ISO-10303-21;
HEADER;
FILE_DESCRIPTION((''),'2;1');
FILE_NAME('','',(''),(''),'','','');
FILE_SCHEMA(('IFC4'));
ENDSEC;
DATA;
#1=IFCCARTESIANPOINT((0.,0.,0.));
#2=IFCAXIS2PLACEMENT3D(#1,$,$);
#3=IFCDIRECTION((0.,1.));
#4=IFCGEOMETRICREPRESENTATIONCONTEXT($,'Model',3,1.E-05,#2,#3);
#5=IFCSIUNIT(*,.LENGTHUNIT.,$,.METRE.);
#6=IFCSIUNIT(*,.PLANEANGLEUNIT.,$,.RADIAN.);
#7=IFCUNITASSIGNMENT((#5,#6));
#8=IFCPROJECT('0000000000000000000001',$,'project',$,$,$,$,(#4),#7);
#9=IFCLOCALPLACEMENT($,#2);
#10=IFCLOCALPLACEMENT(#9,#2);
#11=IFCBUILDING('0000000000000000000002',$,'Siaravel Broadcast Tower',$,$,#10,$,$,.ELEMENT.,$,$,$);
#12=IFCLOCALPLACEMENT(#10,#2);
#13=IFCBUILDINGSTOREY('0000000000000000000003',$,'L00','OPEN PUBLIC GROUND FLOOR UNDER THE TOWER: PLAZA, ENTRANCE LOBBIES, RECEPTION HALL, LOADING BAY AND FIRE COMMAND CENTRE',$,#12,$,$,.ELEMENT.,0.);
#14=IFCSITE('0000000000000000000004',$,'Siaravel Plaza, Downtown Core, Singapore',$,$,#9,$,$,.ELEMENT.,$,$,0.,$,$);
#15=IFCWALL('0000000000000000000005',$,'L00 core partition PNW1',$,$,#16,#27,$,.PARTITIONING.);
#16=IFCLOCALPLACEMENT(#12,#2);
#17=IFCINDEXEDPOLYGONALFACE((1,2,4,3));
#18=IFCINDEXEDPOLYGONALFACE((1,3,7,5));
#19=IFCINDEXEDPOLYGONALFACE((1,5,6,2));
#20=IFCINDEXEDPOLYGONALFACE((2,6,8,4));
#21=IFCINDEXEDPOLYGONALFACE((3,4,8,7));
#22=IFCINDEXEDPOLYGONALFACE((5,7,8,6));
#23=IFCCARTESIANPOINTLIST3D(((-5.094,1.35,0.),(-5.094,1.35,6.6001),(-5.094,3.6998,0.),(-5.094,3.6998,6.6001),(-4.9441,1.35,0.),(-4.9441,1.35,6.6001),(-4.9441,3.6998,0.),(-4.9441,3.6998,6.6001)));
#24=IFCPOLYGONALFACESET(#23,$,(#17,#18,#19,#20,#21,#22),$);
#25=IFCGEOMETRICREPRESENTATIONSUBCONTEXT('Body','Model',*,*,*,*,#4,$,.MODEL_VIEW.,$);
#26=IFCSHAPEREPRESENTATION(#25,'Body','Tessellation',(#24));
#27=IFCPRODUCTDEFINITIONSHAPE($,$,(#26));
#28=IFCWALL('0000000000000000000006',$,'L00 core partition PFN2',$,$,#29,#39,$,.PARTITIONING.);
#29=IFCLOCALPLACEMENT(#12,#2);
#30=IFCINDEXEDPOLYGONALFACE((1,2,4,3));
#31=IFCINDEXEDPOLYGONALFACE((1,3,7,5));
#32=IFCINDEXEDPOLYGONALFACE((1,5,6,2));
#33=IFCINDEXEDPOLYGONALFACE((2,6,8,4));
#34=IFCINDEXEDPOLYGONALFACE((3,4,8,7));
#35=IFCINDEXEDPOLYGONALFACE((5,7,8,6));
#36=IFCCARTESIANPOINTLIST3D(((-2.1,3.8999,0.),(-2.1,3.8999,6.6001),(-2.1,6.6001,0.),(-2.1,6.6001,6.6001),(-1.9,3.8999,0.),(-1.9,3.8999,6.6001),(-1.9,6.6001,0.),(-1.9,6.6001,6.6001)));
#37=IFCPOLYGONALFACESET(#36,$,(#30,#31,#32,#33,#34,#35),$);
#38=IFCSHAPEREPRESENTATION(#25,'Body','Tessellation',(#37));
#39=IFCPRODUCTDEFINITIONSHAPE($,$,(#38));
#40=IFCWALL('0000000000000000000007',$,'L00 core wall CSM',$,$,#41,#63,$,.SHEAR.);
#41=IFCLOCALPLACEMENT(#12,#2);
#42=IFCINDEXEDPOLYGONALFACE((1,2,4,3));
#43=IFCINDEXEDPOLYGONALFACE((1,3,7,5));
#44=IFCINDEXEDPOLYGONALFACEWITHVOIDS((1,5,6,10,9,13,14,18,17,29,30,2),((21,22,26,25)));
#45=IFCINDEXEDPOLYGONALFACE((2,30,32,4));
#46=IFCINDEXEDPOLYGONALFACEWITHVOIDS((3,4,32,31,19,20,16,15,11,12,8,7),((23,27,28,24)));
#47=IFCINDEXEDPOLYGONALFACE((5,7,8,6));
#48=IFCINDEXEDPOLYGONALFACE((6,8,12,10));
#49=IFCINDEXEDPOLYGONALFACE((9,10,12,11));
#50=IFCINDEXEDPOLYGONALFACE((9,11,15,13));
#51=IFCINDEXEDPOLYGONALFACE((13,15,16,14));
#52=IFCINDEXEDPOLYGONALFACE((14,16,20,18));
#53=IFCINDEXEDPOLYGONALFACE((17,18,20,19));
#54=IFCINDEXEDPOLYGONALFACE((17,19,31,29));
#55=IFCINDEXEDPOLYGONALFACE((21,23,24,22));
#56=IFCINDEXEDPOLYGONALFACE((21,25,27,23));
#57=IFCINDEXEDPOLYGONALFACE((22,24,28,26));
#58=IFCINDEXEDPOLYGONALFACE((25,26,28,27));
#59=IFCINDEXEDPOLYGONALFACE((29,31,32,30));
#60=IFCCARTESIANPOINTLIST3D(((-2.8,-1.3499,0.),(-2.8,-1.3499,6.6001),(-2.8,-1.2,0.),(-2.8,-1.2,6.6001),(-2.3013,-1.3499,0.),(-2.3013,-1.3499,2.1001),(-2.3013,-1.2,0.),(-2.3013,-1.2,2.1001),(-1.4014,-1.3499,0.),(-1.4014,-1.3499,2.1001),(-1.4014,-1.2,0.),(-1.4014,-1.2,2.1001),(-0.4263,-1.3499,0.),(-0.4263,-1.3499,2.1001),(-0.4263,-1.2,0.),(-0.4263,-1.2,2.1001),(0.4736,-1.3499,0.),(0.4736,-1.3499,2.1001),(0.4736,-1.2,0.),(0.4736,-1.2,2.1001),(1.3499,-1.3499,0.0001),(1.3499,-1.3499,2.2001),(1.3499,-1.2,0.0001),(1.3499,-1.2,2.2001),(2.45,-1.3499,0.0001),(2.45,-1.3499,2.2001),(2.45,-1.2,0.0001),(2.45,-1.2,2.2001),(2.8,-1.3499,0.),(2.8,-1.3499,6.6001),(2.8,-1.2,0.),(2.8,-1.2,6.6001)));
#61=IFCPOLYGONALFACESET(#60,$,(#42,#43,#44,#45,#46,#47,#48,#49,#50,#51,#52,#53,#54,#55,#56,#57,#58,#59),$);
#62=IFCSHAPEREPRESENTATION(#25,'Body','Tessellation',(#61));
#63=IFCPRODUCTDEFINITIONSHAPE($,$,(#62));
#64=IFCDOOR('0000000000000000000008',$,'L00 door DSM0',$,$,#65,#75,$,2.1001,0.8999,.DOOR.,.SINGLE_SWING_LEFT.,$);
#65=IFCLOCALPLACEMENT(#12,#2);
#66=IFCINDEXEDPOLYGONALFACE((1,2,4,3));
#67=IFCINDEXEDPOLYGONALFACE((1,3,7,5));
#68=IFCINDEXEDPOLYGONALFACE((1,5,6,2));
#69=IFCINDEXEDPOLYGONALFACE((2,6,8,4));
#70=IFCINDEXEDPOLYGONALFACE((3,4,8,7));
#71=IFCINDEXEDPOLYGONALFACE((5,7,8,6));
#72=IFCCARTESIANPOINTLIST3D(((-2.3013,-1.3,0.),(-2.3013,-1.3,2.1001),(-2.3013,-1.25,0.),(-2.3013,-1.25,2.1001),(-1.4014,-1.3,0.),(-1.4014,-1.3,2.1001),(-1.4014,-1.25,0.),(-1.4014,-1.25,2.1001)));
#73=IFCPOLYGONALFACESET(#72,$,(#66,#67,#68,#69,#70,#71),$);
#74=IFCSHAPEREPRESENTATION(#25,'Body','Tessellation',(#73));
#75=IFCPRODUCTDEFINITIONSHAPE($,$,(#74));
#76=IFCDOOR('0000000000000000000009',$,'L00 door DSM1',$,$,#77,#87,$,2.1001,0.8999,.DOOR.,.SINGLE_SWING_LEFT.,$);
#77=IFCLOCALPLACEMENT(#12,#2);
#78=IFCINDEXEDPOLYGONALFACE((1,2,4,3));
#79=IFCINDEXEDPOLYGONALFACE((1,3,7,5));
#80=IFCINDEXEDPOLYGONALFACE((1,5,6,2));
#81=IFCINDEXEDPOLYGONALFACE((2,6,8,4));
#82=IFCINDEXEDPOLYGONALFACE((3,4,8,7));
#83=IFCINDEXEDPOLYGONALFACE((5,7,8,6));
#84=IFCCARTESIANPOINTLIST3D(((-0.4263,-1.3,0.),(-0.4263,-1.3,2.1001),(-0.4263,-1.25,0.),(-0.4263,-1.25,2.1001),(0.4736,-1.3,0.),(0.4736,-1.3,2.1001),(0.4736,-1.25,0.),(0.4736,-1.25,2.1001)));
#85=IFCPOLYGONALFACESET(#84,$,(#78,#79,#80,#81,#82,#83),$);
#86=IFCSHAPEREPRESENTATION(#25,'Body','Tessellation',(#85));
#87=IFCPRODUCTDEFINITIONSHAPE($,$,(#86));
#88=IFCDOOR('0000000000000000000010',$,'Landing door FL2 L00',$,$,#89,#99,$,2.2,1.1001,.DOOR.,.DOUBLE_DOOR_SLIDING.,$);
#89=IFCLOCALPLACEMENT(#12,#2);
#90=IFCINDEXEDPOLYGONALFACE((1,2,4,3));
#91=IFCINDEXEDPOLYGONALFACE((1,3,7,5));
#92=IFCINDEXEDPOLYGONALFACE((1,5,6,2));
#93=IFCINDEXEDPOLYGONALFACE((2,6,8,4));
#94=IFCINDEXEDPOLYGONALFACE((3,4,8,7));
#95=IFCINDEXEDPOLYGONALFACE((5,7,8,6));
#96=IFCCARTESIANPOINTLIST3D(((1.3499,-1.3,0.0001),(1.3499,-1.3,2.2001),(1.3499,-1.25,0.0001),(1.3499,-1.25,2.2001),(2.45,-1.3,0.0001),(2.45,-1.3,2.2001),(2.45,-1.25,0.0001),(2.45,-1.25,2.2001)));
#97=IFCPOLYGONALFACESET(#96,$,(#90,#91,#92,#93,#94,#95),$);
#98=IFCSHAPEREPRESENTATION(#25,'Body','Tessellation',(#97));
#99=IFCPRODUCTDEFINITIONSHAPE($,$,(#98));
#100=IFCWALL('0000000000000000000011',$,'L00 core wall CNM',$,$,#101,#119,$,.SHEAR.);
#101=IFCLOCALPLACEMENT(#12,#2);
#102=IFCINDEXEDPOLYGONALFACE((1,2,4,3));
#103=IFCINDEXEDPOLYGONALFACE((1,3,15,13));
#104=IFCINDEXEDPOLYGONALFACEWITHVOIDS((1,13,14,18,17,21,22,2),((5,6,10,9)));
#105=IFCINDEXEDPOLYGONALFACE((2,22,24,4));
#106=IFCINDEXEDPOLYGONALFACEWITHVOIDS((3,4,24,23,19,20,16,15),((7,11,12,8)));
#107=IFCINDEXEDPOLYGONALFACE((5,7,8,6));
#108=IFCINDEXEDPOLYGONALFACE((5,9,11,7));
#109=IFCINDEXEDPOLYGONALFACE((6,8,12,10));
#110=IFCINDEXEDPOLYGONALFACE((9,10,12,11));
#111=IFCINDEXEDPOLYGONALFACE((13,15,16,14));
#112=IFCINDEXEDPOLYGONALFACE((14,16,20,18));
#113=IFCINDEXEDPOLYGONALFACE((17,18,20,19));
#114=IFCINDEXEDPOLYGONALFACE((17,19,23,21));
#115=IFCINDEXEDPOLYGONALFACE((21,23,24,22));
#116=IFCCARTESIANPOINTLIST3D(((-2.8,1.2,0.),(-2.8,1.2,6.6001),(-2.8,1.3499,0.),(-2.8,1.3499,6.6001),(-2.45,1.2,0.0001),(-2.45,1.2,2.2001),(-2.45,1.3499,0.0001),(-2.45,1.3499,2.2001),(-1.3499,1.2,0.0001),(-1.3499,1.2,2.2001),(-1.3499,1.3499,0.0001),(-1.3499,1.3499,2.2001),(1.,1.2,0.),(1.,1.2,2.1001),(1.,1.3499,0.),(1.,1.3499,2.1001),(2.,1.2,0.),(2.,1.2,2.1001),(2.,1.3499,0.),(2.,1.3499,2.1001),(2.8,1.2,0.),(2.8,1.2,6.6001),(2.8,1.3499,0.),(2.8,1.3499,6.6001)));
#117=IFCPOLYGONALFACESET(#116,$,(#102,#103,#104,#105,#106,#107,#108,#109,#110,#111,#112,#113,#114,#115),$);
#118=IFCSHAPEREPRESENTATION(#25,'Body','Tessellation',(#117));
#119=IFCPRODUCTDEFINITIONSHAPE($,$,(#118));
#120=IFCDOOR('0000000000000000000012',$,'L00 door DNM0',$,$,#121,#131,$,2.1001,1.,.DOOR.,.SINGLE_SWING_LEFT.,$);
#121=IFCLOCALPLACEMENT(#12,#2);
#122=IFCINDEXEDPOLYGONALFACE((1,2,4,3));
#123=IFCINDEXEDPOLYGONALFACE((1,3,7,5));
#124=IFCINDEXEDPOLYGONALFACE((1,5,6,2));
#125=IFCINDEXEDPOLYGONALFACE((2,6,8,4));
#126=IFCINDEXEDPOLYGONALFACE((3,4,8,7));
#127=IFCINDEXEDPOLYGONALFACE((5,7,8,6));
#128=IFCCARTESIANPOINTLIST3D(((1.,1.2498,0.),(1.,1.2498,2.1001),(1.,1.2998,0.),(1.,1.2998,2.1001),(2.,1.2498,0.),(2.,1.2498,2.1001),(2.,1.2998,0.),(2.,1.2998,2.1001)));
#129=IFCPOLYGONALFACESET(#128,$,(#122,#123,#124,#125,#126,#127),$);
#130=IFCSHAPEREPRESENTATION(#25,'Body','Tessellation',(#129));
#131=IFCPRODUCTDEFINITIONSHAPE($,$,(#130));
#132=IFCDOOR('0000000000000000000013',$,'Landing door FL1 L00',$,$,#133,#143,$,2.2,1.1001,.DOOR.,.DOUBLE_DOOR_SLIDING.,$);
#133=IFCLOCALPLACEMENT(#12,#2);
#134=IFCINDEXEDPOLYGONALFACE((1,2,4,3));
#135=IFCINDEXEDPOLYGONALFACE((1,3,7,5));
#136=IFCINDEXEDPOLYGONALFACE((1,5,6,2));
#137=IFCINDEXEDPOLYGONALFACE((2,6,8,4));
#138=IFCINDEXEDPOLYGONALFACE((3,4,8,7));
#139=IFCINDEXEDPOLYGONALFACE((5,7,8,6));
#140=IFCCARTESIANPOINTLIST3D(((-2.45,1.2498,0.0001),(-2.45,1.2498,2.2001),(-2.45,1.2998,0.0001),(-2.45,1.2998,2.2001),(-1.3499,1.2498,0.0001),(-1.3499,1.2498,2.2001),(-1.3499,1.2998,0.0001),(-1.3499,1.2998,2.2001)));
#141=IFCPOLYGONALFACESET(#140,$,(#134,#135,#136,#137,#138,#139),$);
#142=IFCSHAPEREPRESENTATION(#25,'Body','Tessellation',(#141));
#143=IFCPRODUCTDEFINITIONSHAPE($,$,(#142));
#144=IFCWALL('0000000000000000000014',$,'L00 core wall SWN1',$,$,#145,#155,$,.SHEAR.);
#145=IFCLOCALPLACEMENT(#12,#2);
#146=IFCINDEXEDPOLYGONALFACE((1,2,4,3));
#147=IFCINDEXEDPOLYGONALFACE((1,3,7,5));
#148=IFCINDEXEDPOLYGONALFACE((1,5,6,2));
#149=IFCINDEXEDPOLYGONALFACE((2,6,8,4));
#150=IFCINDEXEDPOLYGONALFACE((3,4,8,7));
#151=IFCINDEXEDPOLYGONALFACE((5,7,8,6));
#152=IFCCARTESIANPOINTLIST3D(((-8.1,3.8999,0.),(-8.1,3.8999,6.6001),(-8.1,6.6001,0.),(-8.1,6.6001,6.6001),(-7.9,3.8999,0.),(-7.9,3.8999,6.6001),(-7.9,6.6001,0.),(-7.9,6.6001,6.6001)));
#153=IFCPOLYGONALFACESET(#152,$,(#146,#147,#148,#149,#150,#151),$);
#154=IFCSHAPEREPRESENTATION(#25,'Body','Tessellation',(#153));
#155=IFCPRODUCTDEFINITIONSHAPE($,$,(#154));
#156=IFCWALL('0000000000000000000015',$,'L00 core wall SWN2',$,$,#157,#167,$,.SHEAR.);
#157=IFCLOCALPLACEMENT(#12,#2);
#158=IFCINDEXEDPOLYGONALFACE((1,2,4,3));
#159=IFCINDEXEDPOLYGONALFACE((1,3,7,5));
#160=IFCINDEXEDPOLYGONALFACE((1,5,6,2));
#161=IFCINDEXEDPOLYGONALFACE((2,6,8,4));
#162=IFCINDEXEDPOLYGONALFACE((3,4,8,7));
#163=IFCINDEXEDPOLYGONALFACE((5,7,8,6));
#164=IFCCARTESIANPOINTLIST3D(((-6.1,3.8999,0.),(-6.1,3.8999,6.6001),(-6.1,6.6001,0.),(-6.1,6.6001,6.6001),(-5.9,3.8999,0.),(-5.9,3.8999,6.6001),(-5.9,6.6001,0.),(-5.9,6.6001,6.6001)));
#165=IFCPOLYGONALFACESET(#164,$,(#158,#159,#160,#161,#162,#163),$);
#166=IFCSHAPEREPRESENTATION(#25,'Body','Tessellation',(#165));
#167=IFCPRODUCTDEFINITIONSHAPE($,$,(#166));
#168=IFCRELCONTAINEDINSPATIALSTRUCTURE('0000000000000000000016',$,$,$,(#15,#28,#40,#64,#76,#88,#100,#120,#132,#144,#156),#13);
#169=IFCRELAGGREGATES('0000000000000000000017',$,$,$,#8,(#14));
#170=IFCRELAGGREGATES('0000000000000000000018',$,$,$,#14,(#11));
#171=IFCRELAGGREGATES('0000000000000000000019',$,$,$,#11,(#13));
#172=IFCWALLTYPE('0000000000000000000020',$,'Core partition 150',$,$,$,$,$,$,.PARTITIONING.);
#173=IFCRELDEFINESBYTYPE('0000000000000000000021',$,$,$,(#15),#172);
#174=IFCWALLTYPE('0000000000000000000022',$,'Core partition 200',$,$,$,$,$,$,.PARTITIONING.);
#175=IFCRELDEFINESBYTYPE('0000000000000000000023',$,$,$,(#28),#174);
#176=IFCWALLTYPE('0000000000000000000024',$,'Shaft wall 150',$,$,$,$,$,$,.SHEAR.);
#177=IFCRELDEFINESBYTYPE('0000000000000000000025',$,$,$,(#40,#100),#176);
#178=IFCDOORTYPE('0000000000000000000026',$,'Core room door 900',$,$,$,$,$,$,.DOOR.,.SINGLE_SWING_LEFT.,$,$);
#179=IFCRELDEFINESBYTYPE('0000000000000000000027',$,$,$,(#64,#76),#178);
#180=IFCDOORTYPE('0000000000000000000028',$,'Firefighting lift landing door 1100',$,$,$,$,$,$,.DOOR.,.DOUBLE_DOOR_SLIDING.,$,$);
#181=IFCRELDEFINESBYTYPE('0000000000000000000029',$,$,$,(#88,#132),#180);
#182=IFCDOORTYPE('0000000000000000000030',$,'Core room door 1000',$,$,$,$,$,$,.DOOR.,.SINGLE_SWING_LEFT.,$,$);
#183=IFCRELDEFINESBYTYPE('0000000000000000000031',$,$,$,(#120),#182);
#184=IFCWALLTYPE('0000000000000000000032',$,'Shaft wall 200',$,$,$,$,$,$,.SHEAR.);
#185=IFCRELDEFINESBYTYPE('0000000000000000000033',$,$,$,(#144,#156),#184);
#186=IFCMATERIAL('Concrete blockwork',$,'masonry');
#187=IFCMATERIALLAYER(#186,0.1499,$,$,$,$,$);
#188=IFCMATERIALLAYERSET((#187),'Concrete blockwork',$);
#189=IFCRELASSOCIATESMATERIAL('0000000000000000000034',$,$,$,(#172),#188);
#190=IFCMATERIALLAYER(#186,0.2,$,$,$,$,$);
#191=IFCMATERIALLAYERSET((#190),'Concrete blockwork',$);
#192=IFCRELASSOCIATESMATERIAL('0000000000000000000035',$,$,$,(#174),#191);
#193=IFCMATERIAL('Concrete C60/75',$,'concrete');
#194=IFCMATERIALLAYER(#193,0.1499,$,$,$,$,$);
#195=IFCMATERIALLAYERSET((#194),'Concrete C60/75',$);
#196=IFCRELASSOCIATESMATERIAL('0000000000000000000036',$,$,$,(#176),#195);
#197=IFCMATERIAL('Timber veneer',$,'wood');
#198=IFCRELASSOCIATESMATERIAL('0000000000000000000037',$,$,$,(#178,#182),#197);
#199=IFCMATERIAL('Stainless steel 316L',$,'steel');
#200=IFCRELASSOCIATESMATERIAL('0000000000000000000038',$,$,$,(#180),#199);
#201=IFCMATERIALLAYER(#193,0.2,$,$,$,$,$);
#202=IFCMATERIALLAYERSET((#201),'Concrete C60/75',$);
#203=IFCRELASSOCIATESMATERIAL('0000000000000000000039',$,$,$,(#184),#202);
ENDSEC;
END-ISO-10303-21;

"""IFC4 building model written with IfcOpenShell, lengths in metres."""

from ifc_helpers import new_model, si_unit, direction, frame, frame_2d, origin, place, context, subcontext, project, spatial, rectangle, extrude, material, layer, layer_set, type_object, element, fill, save


model = new_model("IFC4")

# Units and contexts
model_context = context("Model", 3, precision=1e-05, world=origin(), true_north=direction((0.0, 1.0)))
body_context = subcontext(model_context, "Body", "Model", "MODEL_VIEW")
ifc_project = project(units=[si_unit("LENGTHUNIT", "METRE"), si_unit("PLANEANGLEUNIT", "RADIAN")], contexts=[model_context])

# Site, building, storey
site_placement = place(None, origin())
site = spatial("IfcSite", under=ifc_project, at=site_placement, Name="Siaravel Plaza, Downtown Core, Singapore", CompositionType="ELEMENT", RefElevation=0.0)
building_placement = place(site_placement, origin())
building = spatial("IfcBuilding", under=site, at=building_placement, Name="Siaravel Broadcast Tower", CompositionType="ELEMENT")
storey_placement = place(building_placement, origin())
storey = spatial("IfcBuildingStorey", under=building, at=storey_placement, Name="L00", Description="OPEN PUBLIC GROUND FLOOR UNDER THE TOWER: PLAZA, ENTRANCE LOBBIES, RECEPTION HALL, LOADING BAY AND FIRE COMMAND CENTRE", CompositionType="ELEMENT", Elevation=0.0)

# Walls
ifc_material_1 = material(Name="Concrete blockwork", Category="masonry")
ifc_layer_1 = layer(ifc_material_1, 0.1499)
ifc_layer_set_1 = layer_set([ifc_layer_1], Name="Concrete blockwork")
wall_type_1 = type_object("IfcWallType", Name="Core partition 150", PredefinedType="PARTITIONING", material=ifc_layer_set_1)
for number, where, z_axis, x_axis, name in (
    (1, (-5.019, 1.3501, 0.0), (0.0, 0.0, 1.0), (0.0, 1.0, 0.0), "L00 core partition PNW1"),
):
    element("IfcWall", number, at=place(storey_placement, frame(where, z_axis=z_axis, x_axis=x_axis)), inside=storey, type_object=wall_type_1, Name=name, PredefinedType="PARTITIONING", context=body_context, shape_type="SweptSolid", body=[
        extrude(rectangle(XDim=2.3499, YDim=0.1499, at=frame_2d((1.1748, 0.0))), origin(), (0.0, 0.0, 1.0), 6.6001),
    ])
ifc_layer_2 = layer(ifc_material_1, 0.2)
ifc_layer_set_2 = layer_set([ifc_layer_2], Name="Concrete blockwork")
wall_type_2 = type_object("IfcWallType", Name="Core partition 200", PredefinedType="PARTITIONING", material=ifc_layer_set_2)
wall_1_placement = place(storey_placement, frame((-2.0, 3.8999, 0.0), z_axis=(0.0, 0.0, 1.0), x_axis=(0.0, 1.0, 0.0)))
element("IfcWall", 2, at=wall_1_placement, inside=storey, type_object=wall_type_2, Name="L00 core partition PFN2", PredefinedType="PARTITIONING", context=body_context, shape_type="SweptSolid", body=[
    extrude(rectangle(XDim=2.7002, YDim=0.2, at=frame_2d((1.3501, 0.0))), origin(), (0.0, 0.0, 1.0), 6.6001),
])

# Walls, openings, doors
ifc_material_2 = material(Name="Concrete C60/75", Category="concrete")
ifc_layer_3 = layer(ifc_material_2, 0.1499)
ifc_layer_set_3 = layer_set([ifc_layer_3], Name="Concrete C60/75")
wall_type_3 = type_object("IfcWallType", Name="Shaft wall 150", PredefinedType="SHEAR", material=ifc_layer_set_3)
wall_2_placement = place(storey_placement, frame((-2.8, -1.2749, 0.0), z_axis=(0.0, 0.0, 1.0), x_axis=(1.0, 0.0, 0.0)))
wall_2 = element("IfcWall", 3, at=wall_2_placement, inside=storey, type_object=wall_type_3, Name="L00 core wall CSM", PredefinedType="SHEAR", context=body_context, shape_type="SweptSolid", body=[
    extrude(rectangle(XDim=5.6001, YDim=0.1499, at=frame_2d((2.8, 0.0))), origin(), (0.0, 0.0, 1.0), 6.6001),
])
opening_1_placement = place(wall_2_placement, frame((4.1499, 0.0, 0.0)))
opening_1 = element("IfcOpeningElement", 4, at=opening_1_placement, cuts=wall_2, PredefinedType="OPENING", context=body_context, shape_type="SweptSolid", body=[
    extrude(rectangle(XDim=1.1001, YDim=2.2, at=frame_2d((0.55, 1.1001))), frame((0.0, 0.085, 0.0), z_axis=(0.0, -1.0, 0.0), x_axis=(1.0, 0.0, 0.0)), (0.0, 0.0, 1.0), 0.1699),
])
opening_2_placement = place(wall_2_placement, frame((0.4988, 0.0, 0.0)))
opening_2 = element("IfcOpeningElement", 5, at=opening_2_placement, cuts=wall_2, PredefinedType="OPENING", context=body_context, shape_type="SweptSolid", body=[
    extrude(rectangle(XDim=0.8999, YDim=2.1001, at=frame_2d((0.45, 1.05))), frame((0.0, 0.085, 0.0), z_axis=(0.0, -1.0, 0.0), x_axis=(1.0, 0.0, 0.0)), (0.0, 0.0, 1.0), 0.1699),
])
opening_3_placement = place(wall_2_placement, frame((2.3738, 0.0, 0.0)))
opening_3 = element("IfcOpeningElement", 6, at=opening_3_placement, cuts=wall_2, PredefinedType="OPENING", context=body_context, shape_type="SweptSolid", body=[
    extrude(rectangle(XDim=0.8999, YDim=2.1001, at=frame_2d((0.45, 1.05))), frame((0.0, 0.085, 0.0), z_axis=(0.0, -1.0, 0.0), x_axis=(1.0, 0.0, 0.0)), (0.0, 0.0, 1.0), 0.1699),
])
ifc_material_3 = material(Name="Timber veneer", Category="wood")
door_type_1 = type_object("IfcDoorType", Name="Core room door 900", OperationType="SINGLE_SWING_LEFT", PredefinedType="DOOR", material=ifc_material_3)
door_1_placement = place(opening_2_placement, origin())
door_1 = element("IfcDoor", 7, at=door_1_placement, inside=storey, type_object=door_type_1, Name="L00 door DSM0", OperationType="SINGLE_SWING_LEFT", OverallHeight=2.1001, OverallWidth=0.8999, PredefinedType="DOOR", context=body_context, shape_type="SweptSolid", body=[
    extrude(rectangle(XDim=0.8999, YDim=2.1001, at=frame_2d((0.45, 1.05))), frame((0.0, 0.0249, 0.0), z_axis=(0.0, -1.0, 0.0), x_axis=(1.0, 0.0, 0.0)), (0.0, 0.0, 1.0), 0.05),
])
fill(opening_2, door_1)
door_2_placement = place(opening_3_placement, origin())
door_2 = element("IfcDoor", 8, at=door_2_placement, inside=storey, type_object=door_type_1, Name="L00 door DSM1", OperationType="SINGLE_SWING_LEFT", OverallHeight=2.1001, OverallWidth=0.8999, PredefinedType="DOOR", context=body_context, shape_type="SweptSolid", body=[
    extrude(rectangle(XDim=0.8999, YDim=2.1001, at=frame_2d((0.45, 1.05))), frame((0.0, 0.0249, 0.0), z_axis=(0.0, -1.0, 0.0), x_axis=(1.0, 0.0, 0.0)), (0.0, 0.0, 1.0), 0.05),
])
fill(opening_3, door_2)
ifc_material_4 = material(Name="Stainless steel 316L", Category="steel")
door_type_2 = type_object("IfcDoorType", Name="Firefighting lift landing door 1100", OperationType="DOUBLE_DOOR_SLIDING", PredefinedType="DOOR", material=ifc_material_4)
door_3_placement = place(opening_1_placement, origin())
door_3 = element("IfcDoor", 9, at=door_3_placement, inside=storey, type_object=door_type_2, Name="Landing door FL2 L00", OperationType="DOUBLE_DOOR_SLIDING", OverallHeight=2.2, OverallWidth=1.1001, PredefinedType="DOOR", context=body_context, shape_type="SweptSolid", body=[
    extrude(rectangle(XDim=1.1001, YDim=2.2, at=frame_2d((0.55, 1.1001))), frame((0.0, 0.0249, 0.0), z_axis=(0.0, -1.0, 0.0), x_axis=(1.0, 0.0, 0.0)), (0.0, 0.0, 1.0), 0.05),
])
fill(opening_1, door_3)
wall_3_placement = place(storey_placement, frame((-2.8, 1.2749, 0.0), z_axis=(0.0, 0.0, 1.0), x_axis=(1.0, 0.0, 0.0)))
wall_3 = element("IfcWall", 10, at=wall_3_placement, inside=storey, type_object=wall_type_3, Name="L00 core wall CNM", PredefinedType="SHEAR", context=body_context, shape_type="SweptSolid", body=[
    extrude(rectangle(XDim=5.6001, YDim=0.1499, at=frame_2d((2.8, 0.0))), origin(), (0.0, 0.0, 1.0), 6.6001),
])
opening_4_placement = place(wall_3_placement, frame((0.3501, 0.0, 0.0)))
opening_4 = element("IfcOpeningElement", 11, at=opening_4_placement, cuts=wall_3, PredefinedType="OPENING", context=body_context, shape_type="SweptSolid", body=[
    extrude(rectangle(XDim=1.1001, YDim=2.2, at=frame_2d((0.55, 1.1001))), frame((0.0, 0.085, 0.0), z_axis=(0.0, -1.0, 0.0), x_axis=(1.0, 0.0, 0.0)), (0.0, 0.0, 1.0), 0.1699),
])
opening_5_placement = place(wall_3_placement, frame((3.8, 0.0, 0.0)))
opening_5 = element("IfcOpeningElement", 12, at=opening_5_placement, cuts=wall_3, PredefinedType="OPENING", context=body_context, shape_type="SweptSolid", body=[
    extrude(rectangle(XDim=1.0, YDim=2.1001, at=frame_2d((0.5, 1.05))), frame((0.0, 0.085, 0.0), z_axis=(0.0, -1.0, 0.0), x_axis=(1.0, 0.0, 0.0)), (0.0, 0.0, 1.0), 0.1699),
])
door_type_3 = type_object("IfcDoorType", Name="Core room door 1000", OperationType="SINGLE_SWING_LEFT", PredefinedType="DOOR", material=ifc_material_3)
door_4_placement = place(opening_5_placement, origin())
door_4 = element("IfcDoor", 13, at=door_4_placement, inside=storey, type_object=door_type_3, Name="L00 door DNM0", OperationType="SINGLE_SWING_LEFT", OverallHeight=2.1001, OverallWidth=1.0, PredefinedType="DOOR", context=body_context, shape_type="SweptSolid", body=[
    extrude(rectangle(XDim=1.0, YDim=2.1001, at=frame_2d((0.5, 1.05))), frame((0.0, 0.0249, 0.0), z_axis=(0.0, -1.0, 0.0), x_axis=(1.0, 0.0, 0.0)), (0.0, 0.0, 1.0), 0.05),
])
fill(opening_5, door_4)
door_5_placement = place(opening_4_placement, origin())
door_5 = element("IfcDoor", 14, at=door_5_placement, inside=storey, type_object=door_type_2, Name="Landing door FL1 L00", OperationType="DOUBLE_DOOR_SLIDING", OverallHeight=2.2, OverallWidth=1.1001, PredefinedType="DOOR", context=body_context, shape_type="SweptSolid", body=[
    extrude(rectangle(XDim=1.1001, YDim=2.2, at=frame_2d((0.55, 1.1001))), frame((0.0, 0.0249, 0.0), z_axis=(0.0, -1.0, 0.0), x_axis=(1.0, 0.0, 0.0)), (0.0, 0.0, 1.0), 0.05),
])
fill(opening_4, door_5)

# Walls
ifc_layer_4 = layer(ifc_material_2, 0.2)
ifc_layer_set_4 = layer_set([ifc_layer_4], Name="Concrete C60/75")
wall_type_4 = type_object("IfcWallType", Name="Shaft wall 200", PredefinedType="SHEAR", material=ifc_layer_set_4)
for number, where, z_axis, x_axis, name in (
    (15, (-8.0, 3.8999, 0.0), (0.0, 0.0, 1.0), (0.0, 1.0, 0.0), "L00 core wall SWN1"),
    (16, (-6.0, 3.8999, 0.0), (0.0, 0.0, 1.0), (0.0, 1.0, 0.0), "L00 core wall SWN2"),
):
    element("IfcWall", number, at=place(storey_placement, frame(where, z_axis=z_axis, x_axis=x_axis)), inside=storey, type_object=wall_type_4, Name=name, PredefinedType="SHEAR", context=body_context, shape_type="SweptSolid", body=[
        extrude(rectangle(XDim=2.7002, YDim=0.2, at=frame_2d((1.3501, 0.0))), origin(), (0.0, 0.0, 1.0), 6.6001),
    ])

save(model, "model.ifc")
